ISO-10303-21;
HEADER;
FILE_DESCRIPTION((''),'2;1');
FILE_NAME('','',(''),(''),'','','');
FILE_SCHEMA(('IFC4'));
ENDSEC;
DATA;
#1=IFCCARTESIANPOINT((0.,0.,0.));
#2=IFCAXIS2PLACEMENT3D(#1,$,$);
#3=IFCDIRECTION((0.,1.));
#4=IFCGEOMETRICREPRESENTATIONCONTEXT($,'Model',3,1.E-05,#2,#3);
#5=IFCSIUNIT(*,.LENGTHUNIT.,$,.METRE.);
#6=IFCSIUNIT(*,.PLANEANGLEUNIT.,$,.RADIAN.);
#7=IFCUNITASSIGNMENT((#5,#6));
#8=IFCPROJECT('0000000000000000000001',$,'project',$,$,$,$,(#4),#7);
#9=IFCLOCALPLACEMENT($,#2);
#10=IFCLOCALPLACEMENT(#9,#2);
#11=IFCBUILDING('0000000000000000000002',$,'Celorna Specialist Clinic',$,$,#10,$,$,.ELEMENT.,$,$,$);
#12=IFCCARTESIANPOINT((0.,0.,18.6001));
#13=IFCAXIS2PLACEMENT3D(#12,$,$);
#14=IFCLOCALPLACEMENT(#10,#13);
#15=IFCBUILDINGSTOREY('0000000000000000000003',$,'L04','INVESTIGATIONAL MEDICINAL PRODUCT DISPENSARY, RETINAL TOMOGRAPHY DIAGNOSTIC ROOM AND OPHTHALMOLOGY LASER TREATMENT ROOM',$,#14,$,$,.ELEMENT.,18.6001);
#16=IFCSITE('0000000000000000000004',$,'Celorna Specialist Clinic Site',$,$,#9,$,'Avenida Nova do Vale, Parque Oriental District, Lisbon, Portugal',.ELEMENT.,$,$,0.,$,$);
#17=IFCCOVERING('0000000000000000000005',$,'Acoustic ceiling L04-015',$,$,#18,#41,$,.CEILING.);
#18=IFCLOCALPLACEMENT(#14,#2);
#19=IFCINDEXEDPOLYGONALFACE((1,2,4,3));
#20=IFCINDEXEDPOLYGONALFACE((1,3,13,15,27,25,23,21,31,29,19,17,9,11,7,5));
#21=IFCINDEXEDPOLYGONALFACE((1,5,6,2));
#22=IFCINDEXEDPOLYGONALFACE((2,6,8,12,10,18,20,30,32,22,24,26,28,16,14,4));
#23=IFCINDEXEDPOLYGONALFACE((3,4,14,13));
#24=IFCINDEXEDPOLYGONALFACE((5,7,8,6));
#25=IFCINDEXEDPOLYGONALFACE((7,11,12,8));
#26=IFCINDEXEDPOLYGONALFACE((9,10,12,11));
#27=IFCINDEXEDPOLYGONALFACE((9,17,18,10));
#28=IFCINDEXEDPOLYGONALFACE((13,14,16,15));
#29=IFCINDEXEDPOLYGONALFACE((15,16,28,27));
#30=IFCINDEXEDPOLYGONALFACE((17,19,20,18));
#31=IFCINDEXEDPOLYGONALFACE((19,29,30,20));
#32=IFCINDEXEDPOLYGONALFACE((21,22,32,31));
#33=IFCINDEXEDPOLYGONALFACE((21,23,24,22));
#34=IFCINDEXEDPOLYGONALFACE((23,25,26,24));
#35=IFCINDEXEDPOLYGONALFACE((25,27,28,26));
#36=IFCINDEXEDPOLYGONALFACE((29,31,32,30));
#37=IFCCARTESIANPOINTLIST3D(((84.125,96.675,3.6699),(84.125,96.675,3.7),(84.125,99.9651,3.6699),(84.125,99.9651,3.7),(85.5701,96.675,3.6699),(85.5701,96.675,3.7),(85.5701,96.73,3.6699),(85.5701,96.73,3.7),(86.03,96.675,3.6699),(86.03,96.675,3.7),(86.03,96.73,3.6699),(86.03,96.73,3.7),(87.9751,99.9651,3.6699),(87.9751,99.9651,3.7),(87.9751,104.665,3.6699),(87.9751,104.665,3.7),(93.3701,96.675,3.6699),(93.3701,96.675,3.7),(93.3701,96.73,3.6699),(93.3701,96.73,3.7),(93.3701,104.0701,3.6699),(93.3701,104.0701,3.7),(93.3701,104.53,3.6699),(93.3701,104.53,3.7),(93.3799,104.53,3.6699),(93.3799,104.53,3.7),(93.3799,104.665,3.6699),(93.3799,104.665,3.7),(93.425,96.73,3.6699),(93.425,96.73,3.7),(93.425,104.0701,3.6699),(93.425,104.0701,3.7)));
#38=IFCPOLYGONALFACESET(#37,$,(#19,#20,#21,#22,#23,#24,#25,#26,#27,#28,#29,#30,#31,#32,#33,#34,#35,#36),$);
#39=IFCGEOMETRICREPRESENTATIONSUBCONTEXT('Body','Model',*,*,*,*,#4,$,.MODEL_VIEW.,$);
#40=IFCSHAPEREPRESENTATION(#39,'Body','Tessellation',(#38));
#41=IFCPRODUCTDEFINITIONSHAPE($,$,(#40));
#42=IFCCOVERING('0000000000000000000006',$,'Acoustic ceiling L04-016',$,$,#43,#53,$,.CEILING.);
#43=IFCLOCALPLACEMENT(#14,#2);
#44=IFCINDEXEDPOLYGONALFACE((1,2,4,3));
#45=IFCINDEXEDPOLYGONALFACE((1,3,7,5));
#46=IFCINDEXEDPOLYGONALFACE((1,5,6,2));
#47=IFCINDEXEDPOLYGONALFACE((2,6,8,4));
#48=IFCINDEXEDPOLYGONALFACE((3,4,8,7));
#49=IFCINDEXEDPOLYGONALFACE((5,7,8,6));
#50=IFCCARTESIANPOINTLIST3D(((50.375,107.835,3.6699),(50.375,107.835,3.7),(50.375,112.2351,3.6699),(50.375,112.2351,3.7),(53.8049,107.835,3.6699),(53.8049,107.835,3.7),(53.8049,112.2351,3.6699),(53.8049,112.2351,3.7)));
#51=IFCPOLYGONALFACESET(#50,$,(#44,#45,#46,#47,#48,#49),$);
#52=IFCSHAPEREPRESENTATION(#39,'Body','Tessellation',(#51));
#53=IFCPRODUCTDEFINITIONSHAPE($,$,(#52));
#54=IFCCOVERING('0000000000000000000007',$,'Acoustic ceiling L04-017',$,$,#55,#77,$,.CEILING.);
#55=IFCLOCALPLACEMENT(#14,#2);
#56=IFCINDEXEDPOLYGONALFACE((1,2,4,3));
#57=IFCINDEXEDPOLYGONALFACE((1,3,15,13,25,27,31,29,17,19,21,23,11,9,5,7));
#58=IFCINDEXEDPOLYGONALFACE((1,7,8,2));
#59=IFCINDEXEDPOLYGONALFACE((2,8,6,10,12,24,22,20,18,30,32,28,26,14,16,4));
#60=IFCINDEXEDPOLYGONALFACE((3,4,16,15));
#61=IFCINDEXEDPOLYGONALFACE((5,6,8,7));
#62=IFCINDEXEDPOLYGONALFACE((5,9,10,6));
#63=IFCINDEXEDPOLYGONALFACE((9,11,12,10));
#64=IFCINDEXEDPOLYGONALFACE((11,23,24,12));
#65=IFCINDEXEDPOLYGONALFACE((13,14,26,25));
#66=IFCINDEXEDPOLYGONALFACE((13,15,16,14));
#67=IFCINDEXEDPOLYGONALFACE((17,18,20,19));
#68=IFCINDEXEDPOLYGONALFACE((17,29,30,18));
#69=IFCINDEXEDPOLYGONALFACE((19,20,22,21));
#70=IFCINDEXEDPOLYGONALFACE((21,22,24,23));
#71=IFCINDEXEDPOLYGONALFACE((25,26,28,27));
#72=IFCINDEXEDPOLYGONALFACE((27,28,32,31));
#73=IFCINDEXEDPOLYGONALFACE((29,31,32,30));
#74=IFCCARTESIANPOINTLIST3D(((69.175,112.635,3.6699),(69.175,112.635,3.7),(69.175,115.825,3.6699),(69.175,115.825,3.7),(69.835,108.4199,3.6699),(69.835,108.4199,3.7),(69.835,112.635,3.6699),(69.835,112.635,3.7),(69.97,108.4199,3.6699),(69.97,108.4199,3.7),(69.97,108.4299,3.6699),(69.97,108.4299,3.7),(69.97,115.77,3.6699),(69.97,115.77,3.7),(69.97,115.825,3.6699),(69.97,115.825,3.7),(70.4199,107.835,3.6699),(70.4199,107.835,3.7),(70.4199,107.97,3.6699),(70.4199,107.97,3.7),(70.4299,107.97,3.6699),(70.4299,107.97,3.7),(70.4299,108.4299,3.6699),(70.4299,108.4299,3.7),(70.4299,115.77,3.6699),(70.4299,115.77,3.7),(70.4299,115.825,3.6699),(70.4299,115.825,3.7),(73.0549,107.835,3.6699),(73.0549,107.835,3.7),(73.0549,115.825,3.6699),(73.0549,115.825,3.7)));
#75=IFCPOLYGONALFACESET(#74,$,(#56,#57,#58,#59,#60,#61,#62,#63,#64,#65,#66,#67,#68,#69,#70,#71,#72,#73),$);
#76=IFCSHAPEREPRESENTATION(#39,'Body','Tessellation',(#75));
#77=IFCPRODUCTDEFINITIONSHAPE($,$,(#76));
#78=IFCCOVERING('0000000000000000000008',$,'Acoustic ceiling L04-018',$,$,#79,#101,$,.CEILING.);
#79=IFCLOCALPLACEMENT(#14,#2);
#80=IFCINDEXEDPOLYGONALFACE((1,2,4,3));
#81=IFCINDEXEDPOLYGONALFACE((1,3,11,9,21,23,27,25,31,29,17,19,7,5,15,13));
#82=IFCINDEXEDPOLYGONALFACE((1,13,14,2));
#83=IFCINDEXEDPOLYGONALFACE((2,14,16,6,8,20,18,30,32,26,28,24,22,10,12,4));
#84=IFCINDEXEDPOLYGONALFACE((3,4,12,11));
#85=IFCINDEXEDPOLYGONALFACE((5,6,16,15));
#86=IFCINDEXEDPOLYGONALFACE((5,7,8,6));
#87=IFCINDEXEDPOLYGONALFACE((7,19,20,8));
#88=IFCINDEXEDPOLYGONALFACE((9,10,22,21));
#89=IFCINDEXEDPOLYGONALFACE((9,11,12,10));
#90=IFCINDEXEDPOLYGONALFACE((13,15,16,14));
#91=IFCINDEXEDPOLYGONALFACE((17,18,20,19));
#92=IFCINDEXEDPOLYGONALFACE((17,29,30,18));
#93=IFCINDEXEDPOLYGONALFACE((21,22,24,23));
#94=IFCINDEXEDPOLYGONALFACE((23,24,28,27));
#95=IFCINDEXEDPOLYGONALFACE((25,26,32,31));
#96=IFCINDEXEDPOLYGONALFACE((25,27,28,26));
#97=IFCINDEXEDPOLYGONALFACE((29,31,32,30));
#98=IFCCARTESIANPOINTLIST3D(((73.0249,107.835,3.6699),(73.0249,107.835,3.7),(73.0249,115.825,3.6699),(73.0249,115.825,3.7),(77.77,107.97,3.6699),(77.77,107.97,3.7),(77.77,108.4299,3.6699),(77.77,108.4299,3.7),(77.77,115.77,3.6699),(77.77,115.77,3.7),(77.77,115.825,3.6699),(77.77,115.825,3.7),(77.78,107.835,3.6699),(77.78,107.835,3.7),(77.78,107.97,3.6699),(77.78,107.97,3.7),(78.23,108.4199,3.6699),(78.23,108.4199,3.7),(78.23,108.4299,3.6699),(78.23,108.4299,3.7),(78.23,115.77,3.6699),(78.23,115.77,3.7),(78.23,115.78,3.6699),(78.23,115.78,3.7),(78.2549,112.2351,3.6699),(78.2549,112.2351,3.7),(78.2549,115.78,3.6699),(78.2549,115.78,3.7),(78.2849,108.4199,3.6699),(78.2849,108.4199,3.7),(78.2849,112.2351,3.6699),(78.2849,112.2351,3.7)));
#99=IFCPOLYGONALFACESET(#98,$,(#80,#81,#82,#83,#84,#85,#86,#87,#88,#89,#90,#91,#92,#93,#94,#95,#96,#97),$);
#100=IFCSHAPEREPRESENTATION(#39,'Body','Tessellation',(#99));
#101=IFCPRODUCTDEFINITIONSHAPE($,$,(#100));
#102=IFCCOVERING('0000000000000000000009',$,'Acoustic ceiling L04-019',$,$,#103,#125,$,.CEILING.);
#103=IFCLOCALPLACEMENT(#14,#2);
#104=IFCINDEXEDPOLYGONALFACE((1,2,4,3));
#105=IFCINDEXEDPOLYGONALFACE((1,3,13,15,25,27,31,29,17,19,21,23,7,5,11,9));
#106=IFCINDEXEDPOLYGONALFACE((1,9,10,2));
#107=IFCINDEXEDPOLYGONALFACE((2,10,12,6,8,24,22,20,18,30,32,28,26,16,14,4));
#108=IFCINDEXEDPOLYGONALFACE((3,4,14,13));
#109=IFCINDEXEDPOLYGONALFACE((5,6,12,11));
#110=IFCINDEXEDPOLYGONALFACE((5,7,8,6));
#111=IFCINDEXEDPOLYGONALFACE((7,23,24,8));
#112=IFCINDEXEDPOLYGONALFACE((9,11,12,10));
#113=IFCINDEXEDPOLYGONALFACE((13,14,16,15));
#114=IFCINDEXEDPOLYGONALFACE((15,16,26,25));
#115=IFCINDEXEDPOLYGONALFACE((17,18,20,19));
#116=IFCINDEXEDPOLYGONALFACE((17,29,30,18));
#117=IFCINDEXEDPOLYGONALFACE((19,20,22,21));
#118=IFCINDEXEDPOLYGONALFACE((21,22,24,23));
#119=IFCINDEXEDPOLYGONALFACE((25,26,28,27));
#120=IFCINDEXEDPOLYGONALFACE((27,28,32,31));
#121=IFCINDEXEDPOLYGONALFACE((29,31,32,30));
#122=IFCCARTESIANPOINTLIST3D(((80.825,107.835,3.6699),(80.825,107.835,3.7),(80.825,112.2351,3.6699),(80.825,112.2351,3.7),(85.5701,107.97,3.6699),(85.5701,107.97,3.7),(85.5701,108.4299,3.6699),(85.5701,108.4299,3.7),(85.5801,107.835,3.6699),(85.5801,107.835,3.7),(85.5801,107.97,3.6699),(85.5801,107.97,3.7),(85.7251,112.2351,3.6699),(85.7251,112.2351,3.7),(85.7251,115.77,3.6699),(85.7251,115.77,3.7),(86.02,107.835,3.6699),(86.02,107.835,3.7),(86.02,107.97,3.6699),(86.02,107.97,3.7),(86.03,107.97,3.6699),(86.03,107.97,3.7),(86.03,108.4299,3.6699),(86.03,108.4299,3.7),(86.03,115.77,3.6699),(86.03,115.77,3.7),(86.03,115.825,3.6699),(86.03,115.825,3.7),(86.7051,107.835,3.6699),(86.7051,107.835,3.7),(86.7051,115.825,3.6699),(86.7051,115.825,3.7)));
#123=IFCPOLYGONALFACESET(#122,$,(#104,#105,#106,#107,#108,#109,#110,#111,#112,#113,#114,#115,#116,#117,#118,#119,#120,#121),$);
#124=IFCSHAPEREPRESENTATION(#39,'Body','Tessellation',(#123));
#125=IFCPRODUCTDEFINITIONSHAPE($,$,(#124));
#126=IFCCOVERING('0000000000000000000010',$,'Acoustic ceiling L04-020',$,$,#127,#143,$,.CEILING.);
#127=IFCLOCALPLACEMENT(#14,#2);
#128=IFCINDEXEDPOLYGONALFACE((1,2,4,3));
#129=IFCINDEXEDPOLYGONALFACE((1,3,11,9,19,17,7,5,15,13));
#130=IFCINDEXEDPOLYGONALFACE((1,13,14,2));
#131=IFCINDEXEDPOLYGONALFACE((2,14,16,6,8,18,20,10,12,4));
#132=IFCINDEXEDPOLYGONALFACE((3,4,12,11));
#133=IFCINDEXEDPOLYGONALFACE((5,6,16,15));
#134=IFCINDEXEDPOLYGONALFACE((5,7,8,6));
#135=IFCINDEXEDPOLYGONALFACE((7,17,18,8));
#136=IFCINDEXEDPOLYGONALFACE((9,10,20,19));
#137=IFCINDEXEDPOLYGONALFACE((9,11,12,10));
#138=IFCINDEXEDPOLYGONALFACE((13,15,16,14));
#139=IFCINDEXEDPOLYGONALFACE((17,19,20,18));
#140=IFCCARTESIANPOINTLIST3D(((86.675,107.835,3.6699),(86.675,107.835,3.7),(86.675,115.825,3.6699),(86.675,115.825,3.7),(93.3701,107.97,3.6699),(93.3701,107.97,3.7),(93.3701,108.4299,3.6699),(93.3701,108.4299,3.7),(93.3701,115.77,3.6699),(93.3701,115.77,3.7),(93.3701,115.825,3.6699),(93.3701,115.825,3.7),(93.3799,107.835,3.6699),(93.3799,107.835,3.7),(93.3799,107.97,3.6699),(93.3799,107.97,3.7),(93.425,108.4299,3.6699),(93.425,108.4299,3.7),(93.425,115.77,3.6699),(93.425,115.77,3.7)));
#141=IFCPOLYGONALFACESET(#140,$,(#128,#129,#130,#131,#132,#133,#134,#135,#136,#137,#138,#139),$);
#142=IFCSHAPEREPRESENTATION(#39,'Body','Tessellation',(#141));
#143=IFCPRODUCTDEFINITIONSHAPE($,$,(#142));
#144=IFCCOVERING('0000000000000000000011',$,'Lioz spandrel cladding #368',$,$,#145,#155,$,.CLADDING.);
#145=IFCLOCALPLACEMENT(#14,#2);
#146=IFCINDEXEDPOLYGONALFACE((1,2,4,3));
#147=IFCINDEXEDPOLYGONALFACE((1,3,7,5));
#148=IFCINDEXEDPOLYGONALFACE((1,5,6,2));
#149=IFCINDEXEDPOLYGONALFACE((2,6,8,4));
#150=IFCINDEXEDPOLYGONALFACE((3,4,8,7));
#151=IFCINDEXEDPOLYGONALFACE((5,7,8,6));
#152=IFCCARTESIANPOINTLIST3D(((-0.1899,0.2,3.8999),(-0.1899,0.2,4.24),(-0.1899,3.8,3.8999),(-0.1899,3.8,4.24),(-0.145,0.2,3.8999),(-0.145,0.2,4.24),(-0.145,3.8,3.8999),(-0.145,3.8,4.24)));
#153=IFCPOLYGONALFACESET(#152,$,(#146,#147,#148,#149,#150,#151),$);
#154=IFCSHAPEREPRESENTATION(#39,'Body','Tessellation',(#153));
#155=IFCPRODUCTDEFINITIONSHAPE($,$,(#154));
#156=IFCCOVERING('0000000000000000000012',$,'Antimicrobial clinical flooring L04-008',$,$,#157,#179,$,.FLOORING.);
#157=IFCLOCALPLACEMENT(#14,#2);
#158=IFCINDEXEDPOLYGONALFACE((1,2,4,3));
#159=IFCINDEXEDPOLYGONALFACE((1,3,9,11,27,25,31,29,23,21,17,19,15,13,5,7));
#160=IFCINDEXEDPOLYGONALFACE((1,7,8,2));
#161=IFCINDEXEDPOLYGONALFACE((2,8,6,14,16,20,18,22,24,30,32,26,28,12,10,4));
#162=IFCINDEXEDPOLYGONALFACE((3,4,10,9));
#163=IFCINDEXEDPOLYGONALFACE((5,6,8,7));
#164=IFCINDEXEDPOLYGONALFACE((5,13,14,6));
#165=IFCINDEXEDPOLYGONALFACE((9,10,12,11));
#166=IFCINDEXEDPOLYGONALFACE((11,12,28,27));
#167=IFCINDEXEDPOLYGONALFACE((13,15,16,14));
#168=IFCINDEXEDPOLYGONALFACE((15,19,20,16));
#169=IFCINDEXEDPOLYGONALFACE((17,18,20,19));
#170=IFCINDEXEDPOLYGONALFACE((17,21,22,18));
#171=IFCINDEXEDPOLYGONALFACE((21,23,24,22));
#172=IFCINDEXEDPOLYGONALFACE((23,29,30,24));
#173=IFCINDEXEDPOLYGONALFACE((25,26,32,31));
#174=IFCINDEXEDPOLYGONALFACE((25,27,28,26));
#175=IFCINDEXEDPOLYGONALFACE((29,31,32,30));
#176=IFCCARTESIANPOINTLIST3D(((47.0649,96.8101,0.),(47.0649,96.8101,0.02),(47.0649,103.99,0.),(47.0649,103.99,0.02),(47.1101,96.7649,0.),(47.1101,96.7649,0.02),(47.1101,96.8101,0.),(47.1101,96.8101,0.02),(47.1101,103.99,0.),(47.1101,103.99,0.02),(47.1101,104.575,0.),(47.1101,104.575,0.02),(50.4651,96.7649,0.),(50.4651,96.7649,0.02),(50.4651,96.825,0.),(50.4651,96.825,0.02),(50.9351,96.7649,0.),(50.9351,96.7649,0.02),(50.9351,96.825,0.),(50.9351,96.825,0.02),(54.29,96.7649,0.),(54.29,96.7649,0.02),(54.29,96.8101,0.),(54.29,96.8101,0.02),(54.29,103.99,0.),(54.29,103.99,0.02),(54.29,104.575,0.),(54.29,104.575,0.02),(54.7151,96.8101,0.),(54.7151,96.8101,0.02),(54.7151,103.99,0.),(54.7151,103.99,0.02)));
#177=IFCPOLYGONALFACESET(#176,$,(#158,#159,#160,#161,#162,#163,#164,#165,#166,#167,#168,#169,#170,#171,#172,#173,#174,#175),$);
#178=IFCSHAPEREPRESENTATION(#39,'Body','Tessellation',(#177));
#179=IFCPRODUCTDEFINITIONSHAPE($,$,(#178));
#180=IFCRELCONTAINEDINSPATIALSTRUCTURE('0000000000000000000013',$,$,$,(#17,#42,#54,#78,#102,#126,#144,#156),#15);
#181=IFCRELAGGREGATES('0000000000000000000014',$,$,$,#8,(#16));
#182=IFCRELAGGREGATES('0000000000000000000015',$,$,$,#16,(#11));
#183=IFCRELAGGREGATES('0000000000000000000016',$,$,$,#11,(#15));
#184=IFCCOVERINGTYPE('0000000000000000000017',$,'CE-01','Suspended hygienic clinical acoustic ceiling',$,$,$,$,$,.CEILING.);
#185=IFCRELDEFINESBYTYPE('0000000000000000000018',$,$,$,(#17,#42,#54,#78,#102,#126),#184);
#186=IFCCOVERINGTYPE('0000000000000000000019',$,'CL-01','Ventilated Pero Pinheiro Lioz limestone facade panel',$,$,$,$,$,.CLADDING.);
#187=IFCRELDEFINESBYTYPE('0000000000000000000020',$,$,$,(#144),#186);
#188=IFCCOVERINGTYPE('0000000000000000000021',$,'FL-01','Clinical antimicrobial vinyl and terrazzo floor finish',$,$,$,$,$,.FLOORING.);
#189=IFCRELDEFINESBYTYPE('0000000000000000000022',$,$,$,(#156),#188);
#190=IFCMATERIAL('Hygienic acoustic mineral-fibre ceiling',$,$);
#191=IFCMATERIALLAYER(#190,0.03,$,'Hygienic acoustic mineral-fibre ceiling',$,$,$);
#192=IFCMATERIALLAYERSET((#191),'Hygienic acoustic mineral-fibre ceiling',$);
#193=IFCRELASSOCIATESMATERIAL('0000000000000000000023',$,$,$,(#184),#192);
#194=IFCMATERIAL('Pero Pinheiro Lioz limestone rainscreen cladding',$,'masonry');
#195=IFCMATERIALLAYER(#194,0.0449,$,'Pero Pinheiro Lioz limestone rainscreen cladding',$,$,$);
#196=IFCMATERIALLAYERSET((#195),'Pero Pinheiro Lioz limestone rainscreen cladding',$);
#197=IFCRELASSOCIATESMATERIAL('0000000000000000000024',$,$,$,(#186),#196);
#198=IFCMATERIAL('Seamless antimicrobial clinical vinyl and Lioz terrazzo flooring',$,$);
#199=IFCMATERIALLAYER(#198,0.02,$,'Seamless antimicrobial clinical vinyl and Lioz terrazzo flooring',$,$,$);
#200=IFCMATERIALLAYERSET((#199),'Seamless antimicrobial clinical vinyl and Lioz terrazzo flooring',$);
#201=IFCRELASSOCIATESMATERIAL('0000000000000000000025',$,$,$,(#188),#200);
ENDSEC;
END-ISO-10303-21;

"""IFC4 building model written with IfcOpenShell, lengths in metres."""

from ifc_helpers import new_model, si_unit, direction, frame, origin, origin_2d, place, context, subcontext, project, spatial, polyline, rectangle, outline, extrude, material, layer, layer_set, type_object, element, save


model = new_model("IFC4")

# Units and contexts
model_context = context("Model", 3, precision=1e-05, world=origin(), true_north=direction((0.0, 1.0)))
body_context = subcontext(model_context, "Body", "Model", "MODEL_VIEW")
ifc_project = project(units=[si_unit("LENGTHUNIT", "METRE"), si_unit("PLANEANGLEUNIT", "RADIAN")], contexts=[model_context])

# Site, building, storey
site_placement = place(None, origin())
site = spatial("IfcSite", under=ifc_project, at=site_placement, Name="Celorna Specialist Clinic Site", LongName="Avenida Nova do Vale, Parque Oriental District, Lisbon, Portugal", CompositionType="ELEMENT", RefElevation=0.0)
building_placement = place(site_placement, origin())
building = spatial("IfcBuilding", under=site, at=building_placement, Name="Celorna Specialist Clinic", CompositionType="ELEMENT")
storey_placement = place(building_placement, frame((0.0, 0.0, 18.6001)))
storey = spatial("IfcBuildingStorey", under=building, at=storey_placement, Name="L04", Description="INVESTIGATIONAL MEDICINAL PRODUCT DISPENSARY, RETINAL TOMOGRAPHY DIAGNOSTIC ROOM AND OPHTHALMOLOGY LASER TREATMENT ROOM", CompositionType="ELEMENT", Elevation=18.6001)

# Coverings
ifc_material_1 = material(Name="Hygienic acoustic mineral-fibre ceiling")
ifc_layer_1 = layer(ifc_material_1, 0.03, Name="Hygienic acoustic mineral-fibre ceiling")
ifc_layer_set_1 = layer_set([ifc_layer_1], Name="Hygienic acoustic mineral-fibre ceiling")
covering_type_1 = type_object("IfcCoveringType", Name="CE-01", Description="Suspended hygienic clinical acoustic ceiling", PredefinedType="CEILING", material=ifc_layer_set_1)
covering_1_placement = place(storey_placement, frame((0.0, 0.0, 3.6699)))
element("IfcCovering", 1, at=covering_1_placement, inside=storey, type_object=covering_type_1, Name="Acoustic ceiling L04-015", PredefinedType="CEILING", context=body_context, shape_type="SweptSolid", body=[
    extrude(outline(polyline([(84.125, 96.675), (84.125, 99.9651), (87.9751, 99.9651), (87.9751, 104.665), (93.3799, 104.665), (93.3799, 104.53), (93.3701, 104.53), (93.3701, 104.0701), (93.425, 104.0701), (93.425, 96.73), (93.3701, 96.73), (93.3701, 96.675), (86.03, 96.675), (86.03, 96.73), (85.5701, 96.73), (85.5701, 96.675), (84.125, 96.675)])), origin(), (0.0, 0.0, 1.0), 0.03),
])
covering_2_placement = place(storey_placement, frame((0.0, 0.0, 3.6699)))
element("IfcCovering", 2, at=covering_2_placement, inside=storey, type_object=covering_type_1, Name="Acoustic ceiling L04-016", PredefinedType="CEILING", context=body_context, shape_type="SweptSolid", body=[
    extrude(outline(polyline([(50.375, 112.2351), (53.8049, 112.2351), (53.8049, 107.835), (50.375, 107.835), (50.375, 112.2351)])), origin(), (0.0, 0.0, 1.0), 0.03),
])
covering_3_placement = place(storey_placement, frame((0.0, 0.0, 3.6699)))
element("IfcCovering", 3, at=covering_3_placement, inside=storey, type_object=covering_type_1, Name="Acoustic ceiling L04-017", PredefinedType="CEILING", context=body_context, shape_type="SweptSolid", body=[
    extrude(outline(polyline([(73.0549, 115.825), (73.0549, 107.835), (70.4199, 107.835), (70.4199, 107.97), (70.4299, 107.97), (70.4299, 108.4299), (69.97, 108.4299), (69.97, 108.4199), (69.835, 108.4199), (69.835, 112.635), (69.175, 112.635), (69.175, 115.825), (69.97, 115.825), (69.97, 115.77), (70.4299, 115.77), (70.4299, 115.825), (73.0549, 115.825)])), origin(), (0.0, 0.0, 1.0), 0.03),
])
covering_4_placement = place(storey_placement, frame((0.0, 0.0, 3.6699)))
element("IfcCovering", 4, at=covering_4_placement, inside=storey, type_object=covering_type_1, Name="Acoustic ceiling L04-018", PredefinedType="CEILING", context=body_context, shape_type="SweptSolid", body=[
    extrude(outline(polyline([(77.77, 115.825), (77.77, 115.77), (78.23, 115.77), (78.23, 115.78), (78.2549, 115.78), (78.2549, 112.2351), (78.2849, 112.2351), (78.2849, 108.4199), (78.23, 108.4199), (78.23, 108.4299), (77.77, 108.4299), (77.77, 107.97), (77.78, 107.97), (77.78, 107.835), (73.0249, 107.835), (73.0249, 115.825), (77.77, 115.825)])), origin(), (0.0, 0.0, 1.0), 0.03),
])
covering_5_placement = place(storey_placement, frame((0.0, 0.0, 3.6699)))
element("IfcCovering", 5, at=covering_5_placement, inside=storey, type_object=covering_type_1, Name="Acoustic ceiling L04-019", PredefinedType="CEILING", context=body_context, shape_type="SweptSolid", body=[
    extrude(outline(polyline([(80.825, 107.835), (80.825, 112.2351), (85.7251, 112.2351), (85.7251, 115.77), (86.03, 115.77), (86.03, 115.825), (86.7051, 115.825), (86.7051, 107.835), (86.02, 107.835), (86.02, 107.97), (86.03, 107.97), (86.03, 108.4299), (85.5701, 108.4299), (85.5701, 107.97), (85.5801, 107.97), (85.5801, 107.835), (80.825, 107.835)])), origin(), (0.0, 0.0, 1.0), 0.03),
])
covering_6_placement = place(storey_placement, frame((0.0, 0.0, 3.6699)))
element("IfcCovering", 6, at=covering_6_placement, inside=storey, type_object=covering_type_1, Name="Acoustic ceiling L04-020", PredefinedType="CEILING", context=body_context, shape_type="SweptSolid", body=[
    extrude(outline(polyline([(93.3701, 115.825), (93.3701, 115.77), (93.425, 115.77), (93.425, 108.4299), (93.3701, 108.4299), (93.3701, 107.97), (93.3799, 107.97), (93.3799, 107.835), (86.675, 107.835), (86.675, 115.825), (93.3701, 115.825)])), origin(), (0.0, 0.0, 1.0), 0.03),
])
ifc_material_2 = material(Name="Pero Pinheiro Lioz limestone rainscreen cladding", Category="masonry")
ifc_layer_2 = layer(ifc_material_2, 0.0449, Name="Pero Pinheiro Lioz limestone rainscreen cladding")
ifc_layer_set_2 = layer_set([ifc_layer_2], Name="Pero Pinheiro Lioz limestone rainscreen cladding")
covering_type_2 = type_object("IfcCoveringType", Name="CL-01", Description="Ventilated Pero Pinheiro Lioz limestone facade panel", PredefinedType="CLADDING", material=ifc_layer_set_2)
covering_7_placement = place(storey_placement, frame((-0.1675, 2.0, 3.8999), z_axis=(0.0, 0.0, 1.0), x_axis=(0.0, 1.0, 0.0)))
element("IfcCovering", 7, at=covering_7_placement, inside=storey, type_object=covering_type_2, Name="Lioz spandrel cladding #368", PredefinedType="CLADDING", context=body_context, shape_type="SweptSolid", body=[
    extrude(rectangle(XDim=3.6001, YDim=0.0449, at=origin_2d()), origin(), (0.0, 0.0, 1.0), 0.3401),
])
ifc_material_3 = material(Name="Seamless antimicrobial clinical vinyl and Lioz terrazzo flooring")
ifc_layer_3 = layer(ifc_material_3, 0.02, Name="Seamless antimicrobial clinical vinyl and Lioz terrazzo flooring")
ifc_layer_set_3 = layer_set([ifc_layer_3], Name="Seamless antimicrobial clinical vinyl and Lioz terrazzo flooring")
covering_type_3 = type_object("IfcCoveringType", Name="FL-01", Description="Clinical antimicrobial vinyl and terrazzo floor finish", PredefinedType="FLOORING", material=ifc_layer_set_3)
covering_8_placement = place(storey_placement, origin())
element("IfcCovering", 8, at=covering_8_placement, inside=storey, type_object=covering_type_3, Name="Antimicrobial clinical flooring L04-008", PredefinedType="FLOORING", context=body_context, shape_type="SweptSolid", body=[
    extrude(outline(polyline([(47.1101, 96.7649), (47.1101, 96.8101), (47.0649, 96.8101), (47.0649, 103.99), (47.1101, 103.99), (47.1101, 104.575), (54.29, 104.575), (54.29, 103.99), (54.7151, 103.99), (54.7151, 96.8101), (54.29, 96.8101), (54.29, 96.7649), (50.9351, 96.7649), (50.9351, 96.825), (50.4651, 96.825), (50.4651, 96.7649), (47.1101, 96.7649)])), origin(), (0.0, 0.0, 1.0), 0.02),
])

save(model, "model.ifc")
